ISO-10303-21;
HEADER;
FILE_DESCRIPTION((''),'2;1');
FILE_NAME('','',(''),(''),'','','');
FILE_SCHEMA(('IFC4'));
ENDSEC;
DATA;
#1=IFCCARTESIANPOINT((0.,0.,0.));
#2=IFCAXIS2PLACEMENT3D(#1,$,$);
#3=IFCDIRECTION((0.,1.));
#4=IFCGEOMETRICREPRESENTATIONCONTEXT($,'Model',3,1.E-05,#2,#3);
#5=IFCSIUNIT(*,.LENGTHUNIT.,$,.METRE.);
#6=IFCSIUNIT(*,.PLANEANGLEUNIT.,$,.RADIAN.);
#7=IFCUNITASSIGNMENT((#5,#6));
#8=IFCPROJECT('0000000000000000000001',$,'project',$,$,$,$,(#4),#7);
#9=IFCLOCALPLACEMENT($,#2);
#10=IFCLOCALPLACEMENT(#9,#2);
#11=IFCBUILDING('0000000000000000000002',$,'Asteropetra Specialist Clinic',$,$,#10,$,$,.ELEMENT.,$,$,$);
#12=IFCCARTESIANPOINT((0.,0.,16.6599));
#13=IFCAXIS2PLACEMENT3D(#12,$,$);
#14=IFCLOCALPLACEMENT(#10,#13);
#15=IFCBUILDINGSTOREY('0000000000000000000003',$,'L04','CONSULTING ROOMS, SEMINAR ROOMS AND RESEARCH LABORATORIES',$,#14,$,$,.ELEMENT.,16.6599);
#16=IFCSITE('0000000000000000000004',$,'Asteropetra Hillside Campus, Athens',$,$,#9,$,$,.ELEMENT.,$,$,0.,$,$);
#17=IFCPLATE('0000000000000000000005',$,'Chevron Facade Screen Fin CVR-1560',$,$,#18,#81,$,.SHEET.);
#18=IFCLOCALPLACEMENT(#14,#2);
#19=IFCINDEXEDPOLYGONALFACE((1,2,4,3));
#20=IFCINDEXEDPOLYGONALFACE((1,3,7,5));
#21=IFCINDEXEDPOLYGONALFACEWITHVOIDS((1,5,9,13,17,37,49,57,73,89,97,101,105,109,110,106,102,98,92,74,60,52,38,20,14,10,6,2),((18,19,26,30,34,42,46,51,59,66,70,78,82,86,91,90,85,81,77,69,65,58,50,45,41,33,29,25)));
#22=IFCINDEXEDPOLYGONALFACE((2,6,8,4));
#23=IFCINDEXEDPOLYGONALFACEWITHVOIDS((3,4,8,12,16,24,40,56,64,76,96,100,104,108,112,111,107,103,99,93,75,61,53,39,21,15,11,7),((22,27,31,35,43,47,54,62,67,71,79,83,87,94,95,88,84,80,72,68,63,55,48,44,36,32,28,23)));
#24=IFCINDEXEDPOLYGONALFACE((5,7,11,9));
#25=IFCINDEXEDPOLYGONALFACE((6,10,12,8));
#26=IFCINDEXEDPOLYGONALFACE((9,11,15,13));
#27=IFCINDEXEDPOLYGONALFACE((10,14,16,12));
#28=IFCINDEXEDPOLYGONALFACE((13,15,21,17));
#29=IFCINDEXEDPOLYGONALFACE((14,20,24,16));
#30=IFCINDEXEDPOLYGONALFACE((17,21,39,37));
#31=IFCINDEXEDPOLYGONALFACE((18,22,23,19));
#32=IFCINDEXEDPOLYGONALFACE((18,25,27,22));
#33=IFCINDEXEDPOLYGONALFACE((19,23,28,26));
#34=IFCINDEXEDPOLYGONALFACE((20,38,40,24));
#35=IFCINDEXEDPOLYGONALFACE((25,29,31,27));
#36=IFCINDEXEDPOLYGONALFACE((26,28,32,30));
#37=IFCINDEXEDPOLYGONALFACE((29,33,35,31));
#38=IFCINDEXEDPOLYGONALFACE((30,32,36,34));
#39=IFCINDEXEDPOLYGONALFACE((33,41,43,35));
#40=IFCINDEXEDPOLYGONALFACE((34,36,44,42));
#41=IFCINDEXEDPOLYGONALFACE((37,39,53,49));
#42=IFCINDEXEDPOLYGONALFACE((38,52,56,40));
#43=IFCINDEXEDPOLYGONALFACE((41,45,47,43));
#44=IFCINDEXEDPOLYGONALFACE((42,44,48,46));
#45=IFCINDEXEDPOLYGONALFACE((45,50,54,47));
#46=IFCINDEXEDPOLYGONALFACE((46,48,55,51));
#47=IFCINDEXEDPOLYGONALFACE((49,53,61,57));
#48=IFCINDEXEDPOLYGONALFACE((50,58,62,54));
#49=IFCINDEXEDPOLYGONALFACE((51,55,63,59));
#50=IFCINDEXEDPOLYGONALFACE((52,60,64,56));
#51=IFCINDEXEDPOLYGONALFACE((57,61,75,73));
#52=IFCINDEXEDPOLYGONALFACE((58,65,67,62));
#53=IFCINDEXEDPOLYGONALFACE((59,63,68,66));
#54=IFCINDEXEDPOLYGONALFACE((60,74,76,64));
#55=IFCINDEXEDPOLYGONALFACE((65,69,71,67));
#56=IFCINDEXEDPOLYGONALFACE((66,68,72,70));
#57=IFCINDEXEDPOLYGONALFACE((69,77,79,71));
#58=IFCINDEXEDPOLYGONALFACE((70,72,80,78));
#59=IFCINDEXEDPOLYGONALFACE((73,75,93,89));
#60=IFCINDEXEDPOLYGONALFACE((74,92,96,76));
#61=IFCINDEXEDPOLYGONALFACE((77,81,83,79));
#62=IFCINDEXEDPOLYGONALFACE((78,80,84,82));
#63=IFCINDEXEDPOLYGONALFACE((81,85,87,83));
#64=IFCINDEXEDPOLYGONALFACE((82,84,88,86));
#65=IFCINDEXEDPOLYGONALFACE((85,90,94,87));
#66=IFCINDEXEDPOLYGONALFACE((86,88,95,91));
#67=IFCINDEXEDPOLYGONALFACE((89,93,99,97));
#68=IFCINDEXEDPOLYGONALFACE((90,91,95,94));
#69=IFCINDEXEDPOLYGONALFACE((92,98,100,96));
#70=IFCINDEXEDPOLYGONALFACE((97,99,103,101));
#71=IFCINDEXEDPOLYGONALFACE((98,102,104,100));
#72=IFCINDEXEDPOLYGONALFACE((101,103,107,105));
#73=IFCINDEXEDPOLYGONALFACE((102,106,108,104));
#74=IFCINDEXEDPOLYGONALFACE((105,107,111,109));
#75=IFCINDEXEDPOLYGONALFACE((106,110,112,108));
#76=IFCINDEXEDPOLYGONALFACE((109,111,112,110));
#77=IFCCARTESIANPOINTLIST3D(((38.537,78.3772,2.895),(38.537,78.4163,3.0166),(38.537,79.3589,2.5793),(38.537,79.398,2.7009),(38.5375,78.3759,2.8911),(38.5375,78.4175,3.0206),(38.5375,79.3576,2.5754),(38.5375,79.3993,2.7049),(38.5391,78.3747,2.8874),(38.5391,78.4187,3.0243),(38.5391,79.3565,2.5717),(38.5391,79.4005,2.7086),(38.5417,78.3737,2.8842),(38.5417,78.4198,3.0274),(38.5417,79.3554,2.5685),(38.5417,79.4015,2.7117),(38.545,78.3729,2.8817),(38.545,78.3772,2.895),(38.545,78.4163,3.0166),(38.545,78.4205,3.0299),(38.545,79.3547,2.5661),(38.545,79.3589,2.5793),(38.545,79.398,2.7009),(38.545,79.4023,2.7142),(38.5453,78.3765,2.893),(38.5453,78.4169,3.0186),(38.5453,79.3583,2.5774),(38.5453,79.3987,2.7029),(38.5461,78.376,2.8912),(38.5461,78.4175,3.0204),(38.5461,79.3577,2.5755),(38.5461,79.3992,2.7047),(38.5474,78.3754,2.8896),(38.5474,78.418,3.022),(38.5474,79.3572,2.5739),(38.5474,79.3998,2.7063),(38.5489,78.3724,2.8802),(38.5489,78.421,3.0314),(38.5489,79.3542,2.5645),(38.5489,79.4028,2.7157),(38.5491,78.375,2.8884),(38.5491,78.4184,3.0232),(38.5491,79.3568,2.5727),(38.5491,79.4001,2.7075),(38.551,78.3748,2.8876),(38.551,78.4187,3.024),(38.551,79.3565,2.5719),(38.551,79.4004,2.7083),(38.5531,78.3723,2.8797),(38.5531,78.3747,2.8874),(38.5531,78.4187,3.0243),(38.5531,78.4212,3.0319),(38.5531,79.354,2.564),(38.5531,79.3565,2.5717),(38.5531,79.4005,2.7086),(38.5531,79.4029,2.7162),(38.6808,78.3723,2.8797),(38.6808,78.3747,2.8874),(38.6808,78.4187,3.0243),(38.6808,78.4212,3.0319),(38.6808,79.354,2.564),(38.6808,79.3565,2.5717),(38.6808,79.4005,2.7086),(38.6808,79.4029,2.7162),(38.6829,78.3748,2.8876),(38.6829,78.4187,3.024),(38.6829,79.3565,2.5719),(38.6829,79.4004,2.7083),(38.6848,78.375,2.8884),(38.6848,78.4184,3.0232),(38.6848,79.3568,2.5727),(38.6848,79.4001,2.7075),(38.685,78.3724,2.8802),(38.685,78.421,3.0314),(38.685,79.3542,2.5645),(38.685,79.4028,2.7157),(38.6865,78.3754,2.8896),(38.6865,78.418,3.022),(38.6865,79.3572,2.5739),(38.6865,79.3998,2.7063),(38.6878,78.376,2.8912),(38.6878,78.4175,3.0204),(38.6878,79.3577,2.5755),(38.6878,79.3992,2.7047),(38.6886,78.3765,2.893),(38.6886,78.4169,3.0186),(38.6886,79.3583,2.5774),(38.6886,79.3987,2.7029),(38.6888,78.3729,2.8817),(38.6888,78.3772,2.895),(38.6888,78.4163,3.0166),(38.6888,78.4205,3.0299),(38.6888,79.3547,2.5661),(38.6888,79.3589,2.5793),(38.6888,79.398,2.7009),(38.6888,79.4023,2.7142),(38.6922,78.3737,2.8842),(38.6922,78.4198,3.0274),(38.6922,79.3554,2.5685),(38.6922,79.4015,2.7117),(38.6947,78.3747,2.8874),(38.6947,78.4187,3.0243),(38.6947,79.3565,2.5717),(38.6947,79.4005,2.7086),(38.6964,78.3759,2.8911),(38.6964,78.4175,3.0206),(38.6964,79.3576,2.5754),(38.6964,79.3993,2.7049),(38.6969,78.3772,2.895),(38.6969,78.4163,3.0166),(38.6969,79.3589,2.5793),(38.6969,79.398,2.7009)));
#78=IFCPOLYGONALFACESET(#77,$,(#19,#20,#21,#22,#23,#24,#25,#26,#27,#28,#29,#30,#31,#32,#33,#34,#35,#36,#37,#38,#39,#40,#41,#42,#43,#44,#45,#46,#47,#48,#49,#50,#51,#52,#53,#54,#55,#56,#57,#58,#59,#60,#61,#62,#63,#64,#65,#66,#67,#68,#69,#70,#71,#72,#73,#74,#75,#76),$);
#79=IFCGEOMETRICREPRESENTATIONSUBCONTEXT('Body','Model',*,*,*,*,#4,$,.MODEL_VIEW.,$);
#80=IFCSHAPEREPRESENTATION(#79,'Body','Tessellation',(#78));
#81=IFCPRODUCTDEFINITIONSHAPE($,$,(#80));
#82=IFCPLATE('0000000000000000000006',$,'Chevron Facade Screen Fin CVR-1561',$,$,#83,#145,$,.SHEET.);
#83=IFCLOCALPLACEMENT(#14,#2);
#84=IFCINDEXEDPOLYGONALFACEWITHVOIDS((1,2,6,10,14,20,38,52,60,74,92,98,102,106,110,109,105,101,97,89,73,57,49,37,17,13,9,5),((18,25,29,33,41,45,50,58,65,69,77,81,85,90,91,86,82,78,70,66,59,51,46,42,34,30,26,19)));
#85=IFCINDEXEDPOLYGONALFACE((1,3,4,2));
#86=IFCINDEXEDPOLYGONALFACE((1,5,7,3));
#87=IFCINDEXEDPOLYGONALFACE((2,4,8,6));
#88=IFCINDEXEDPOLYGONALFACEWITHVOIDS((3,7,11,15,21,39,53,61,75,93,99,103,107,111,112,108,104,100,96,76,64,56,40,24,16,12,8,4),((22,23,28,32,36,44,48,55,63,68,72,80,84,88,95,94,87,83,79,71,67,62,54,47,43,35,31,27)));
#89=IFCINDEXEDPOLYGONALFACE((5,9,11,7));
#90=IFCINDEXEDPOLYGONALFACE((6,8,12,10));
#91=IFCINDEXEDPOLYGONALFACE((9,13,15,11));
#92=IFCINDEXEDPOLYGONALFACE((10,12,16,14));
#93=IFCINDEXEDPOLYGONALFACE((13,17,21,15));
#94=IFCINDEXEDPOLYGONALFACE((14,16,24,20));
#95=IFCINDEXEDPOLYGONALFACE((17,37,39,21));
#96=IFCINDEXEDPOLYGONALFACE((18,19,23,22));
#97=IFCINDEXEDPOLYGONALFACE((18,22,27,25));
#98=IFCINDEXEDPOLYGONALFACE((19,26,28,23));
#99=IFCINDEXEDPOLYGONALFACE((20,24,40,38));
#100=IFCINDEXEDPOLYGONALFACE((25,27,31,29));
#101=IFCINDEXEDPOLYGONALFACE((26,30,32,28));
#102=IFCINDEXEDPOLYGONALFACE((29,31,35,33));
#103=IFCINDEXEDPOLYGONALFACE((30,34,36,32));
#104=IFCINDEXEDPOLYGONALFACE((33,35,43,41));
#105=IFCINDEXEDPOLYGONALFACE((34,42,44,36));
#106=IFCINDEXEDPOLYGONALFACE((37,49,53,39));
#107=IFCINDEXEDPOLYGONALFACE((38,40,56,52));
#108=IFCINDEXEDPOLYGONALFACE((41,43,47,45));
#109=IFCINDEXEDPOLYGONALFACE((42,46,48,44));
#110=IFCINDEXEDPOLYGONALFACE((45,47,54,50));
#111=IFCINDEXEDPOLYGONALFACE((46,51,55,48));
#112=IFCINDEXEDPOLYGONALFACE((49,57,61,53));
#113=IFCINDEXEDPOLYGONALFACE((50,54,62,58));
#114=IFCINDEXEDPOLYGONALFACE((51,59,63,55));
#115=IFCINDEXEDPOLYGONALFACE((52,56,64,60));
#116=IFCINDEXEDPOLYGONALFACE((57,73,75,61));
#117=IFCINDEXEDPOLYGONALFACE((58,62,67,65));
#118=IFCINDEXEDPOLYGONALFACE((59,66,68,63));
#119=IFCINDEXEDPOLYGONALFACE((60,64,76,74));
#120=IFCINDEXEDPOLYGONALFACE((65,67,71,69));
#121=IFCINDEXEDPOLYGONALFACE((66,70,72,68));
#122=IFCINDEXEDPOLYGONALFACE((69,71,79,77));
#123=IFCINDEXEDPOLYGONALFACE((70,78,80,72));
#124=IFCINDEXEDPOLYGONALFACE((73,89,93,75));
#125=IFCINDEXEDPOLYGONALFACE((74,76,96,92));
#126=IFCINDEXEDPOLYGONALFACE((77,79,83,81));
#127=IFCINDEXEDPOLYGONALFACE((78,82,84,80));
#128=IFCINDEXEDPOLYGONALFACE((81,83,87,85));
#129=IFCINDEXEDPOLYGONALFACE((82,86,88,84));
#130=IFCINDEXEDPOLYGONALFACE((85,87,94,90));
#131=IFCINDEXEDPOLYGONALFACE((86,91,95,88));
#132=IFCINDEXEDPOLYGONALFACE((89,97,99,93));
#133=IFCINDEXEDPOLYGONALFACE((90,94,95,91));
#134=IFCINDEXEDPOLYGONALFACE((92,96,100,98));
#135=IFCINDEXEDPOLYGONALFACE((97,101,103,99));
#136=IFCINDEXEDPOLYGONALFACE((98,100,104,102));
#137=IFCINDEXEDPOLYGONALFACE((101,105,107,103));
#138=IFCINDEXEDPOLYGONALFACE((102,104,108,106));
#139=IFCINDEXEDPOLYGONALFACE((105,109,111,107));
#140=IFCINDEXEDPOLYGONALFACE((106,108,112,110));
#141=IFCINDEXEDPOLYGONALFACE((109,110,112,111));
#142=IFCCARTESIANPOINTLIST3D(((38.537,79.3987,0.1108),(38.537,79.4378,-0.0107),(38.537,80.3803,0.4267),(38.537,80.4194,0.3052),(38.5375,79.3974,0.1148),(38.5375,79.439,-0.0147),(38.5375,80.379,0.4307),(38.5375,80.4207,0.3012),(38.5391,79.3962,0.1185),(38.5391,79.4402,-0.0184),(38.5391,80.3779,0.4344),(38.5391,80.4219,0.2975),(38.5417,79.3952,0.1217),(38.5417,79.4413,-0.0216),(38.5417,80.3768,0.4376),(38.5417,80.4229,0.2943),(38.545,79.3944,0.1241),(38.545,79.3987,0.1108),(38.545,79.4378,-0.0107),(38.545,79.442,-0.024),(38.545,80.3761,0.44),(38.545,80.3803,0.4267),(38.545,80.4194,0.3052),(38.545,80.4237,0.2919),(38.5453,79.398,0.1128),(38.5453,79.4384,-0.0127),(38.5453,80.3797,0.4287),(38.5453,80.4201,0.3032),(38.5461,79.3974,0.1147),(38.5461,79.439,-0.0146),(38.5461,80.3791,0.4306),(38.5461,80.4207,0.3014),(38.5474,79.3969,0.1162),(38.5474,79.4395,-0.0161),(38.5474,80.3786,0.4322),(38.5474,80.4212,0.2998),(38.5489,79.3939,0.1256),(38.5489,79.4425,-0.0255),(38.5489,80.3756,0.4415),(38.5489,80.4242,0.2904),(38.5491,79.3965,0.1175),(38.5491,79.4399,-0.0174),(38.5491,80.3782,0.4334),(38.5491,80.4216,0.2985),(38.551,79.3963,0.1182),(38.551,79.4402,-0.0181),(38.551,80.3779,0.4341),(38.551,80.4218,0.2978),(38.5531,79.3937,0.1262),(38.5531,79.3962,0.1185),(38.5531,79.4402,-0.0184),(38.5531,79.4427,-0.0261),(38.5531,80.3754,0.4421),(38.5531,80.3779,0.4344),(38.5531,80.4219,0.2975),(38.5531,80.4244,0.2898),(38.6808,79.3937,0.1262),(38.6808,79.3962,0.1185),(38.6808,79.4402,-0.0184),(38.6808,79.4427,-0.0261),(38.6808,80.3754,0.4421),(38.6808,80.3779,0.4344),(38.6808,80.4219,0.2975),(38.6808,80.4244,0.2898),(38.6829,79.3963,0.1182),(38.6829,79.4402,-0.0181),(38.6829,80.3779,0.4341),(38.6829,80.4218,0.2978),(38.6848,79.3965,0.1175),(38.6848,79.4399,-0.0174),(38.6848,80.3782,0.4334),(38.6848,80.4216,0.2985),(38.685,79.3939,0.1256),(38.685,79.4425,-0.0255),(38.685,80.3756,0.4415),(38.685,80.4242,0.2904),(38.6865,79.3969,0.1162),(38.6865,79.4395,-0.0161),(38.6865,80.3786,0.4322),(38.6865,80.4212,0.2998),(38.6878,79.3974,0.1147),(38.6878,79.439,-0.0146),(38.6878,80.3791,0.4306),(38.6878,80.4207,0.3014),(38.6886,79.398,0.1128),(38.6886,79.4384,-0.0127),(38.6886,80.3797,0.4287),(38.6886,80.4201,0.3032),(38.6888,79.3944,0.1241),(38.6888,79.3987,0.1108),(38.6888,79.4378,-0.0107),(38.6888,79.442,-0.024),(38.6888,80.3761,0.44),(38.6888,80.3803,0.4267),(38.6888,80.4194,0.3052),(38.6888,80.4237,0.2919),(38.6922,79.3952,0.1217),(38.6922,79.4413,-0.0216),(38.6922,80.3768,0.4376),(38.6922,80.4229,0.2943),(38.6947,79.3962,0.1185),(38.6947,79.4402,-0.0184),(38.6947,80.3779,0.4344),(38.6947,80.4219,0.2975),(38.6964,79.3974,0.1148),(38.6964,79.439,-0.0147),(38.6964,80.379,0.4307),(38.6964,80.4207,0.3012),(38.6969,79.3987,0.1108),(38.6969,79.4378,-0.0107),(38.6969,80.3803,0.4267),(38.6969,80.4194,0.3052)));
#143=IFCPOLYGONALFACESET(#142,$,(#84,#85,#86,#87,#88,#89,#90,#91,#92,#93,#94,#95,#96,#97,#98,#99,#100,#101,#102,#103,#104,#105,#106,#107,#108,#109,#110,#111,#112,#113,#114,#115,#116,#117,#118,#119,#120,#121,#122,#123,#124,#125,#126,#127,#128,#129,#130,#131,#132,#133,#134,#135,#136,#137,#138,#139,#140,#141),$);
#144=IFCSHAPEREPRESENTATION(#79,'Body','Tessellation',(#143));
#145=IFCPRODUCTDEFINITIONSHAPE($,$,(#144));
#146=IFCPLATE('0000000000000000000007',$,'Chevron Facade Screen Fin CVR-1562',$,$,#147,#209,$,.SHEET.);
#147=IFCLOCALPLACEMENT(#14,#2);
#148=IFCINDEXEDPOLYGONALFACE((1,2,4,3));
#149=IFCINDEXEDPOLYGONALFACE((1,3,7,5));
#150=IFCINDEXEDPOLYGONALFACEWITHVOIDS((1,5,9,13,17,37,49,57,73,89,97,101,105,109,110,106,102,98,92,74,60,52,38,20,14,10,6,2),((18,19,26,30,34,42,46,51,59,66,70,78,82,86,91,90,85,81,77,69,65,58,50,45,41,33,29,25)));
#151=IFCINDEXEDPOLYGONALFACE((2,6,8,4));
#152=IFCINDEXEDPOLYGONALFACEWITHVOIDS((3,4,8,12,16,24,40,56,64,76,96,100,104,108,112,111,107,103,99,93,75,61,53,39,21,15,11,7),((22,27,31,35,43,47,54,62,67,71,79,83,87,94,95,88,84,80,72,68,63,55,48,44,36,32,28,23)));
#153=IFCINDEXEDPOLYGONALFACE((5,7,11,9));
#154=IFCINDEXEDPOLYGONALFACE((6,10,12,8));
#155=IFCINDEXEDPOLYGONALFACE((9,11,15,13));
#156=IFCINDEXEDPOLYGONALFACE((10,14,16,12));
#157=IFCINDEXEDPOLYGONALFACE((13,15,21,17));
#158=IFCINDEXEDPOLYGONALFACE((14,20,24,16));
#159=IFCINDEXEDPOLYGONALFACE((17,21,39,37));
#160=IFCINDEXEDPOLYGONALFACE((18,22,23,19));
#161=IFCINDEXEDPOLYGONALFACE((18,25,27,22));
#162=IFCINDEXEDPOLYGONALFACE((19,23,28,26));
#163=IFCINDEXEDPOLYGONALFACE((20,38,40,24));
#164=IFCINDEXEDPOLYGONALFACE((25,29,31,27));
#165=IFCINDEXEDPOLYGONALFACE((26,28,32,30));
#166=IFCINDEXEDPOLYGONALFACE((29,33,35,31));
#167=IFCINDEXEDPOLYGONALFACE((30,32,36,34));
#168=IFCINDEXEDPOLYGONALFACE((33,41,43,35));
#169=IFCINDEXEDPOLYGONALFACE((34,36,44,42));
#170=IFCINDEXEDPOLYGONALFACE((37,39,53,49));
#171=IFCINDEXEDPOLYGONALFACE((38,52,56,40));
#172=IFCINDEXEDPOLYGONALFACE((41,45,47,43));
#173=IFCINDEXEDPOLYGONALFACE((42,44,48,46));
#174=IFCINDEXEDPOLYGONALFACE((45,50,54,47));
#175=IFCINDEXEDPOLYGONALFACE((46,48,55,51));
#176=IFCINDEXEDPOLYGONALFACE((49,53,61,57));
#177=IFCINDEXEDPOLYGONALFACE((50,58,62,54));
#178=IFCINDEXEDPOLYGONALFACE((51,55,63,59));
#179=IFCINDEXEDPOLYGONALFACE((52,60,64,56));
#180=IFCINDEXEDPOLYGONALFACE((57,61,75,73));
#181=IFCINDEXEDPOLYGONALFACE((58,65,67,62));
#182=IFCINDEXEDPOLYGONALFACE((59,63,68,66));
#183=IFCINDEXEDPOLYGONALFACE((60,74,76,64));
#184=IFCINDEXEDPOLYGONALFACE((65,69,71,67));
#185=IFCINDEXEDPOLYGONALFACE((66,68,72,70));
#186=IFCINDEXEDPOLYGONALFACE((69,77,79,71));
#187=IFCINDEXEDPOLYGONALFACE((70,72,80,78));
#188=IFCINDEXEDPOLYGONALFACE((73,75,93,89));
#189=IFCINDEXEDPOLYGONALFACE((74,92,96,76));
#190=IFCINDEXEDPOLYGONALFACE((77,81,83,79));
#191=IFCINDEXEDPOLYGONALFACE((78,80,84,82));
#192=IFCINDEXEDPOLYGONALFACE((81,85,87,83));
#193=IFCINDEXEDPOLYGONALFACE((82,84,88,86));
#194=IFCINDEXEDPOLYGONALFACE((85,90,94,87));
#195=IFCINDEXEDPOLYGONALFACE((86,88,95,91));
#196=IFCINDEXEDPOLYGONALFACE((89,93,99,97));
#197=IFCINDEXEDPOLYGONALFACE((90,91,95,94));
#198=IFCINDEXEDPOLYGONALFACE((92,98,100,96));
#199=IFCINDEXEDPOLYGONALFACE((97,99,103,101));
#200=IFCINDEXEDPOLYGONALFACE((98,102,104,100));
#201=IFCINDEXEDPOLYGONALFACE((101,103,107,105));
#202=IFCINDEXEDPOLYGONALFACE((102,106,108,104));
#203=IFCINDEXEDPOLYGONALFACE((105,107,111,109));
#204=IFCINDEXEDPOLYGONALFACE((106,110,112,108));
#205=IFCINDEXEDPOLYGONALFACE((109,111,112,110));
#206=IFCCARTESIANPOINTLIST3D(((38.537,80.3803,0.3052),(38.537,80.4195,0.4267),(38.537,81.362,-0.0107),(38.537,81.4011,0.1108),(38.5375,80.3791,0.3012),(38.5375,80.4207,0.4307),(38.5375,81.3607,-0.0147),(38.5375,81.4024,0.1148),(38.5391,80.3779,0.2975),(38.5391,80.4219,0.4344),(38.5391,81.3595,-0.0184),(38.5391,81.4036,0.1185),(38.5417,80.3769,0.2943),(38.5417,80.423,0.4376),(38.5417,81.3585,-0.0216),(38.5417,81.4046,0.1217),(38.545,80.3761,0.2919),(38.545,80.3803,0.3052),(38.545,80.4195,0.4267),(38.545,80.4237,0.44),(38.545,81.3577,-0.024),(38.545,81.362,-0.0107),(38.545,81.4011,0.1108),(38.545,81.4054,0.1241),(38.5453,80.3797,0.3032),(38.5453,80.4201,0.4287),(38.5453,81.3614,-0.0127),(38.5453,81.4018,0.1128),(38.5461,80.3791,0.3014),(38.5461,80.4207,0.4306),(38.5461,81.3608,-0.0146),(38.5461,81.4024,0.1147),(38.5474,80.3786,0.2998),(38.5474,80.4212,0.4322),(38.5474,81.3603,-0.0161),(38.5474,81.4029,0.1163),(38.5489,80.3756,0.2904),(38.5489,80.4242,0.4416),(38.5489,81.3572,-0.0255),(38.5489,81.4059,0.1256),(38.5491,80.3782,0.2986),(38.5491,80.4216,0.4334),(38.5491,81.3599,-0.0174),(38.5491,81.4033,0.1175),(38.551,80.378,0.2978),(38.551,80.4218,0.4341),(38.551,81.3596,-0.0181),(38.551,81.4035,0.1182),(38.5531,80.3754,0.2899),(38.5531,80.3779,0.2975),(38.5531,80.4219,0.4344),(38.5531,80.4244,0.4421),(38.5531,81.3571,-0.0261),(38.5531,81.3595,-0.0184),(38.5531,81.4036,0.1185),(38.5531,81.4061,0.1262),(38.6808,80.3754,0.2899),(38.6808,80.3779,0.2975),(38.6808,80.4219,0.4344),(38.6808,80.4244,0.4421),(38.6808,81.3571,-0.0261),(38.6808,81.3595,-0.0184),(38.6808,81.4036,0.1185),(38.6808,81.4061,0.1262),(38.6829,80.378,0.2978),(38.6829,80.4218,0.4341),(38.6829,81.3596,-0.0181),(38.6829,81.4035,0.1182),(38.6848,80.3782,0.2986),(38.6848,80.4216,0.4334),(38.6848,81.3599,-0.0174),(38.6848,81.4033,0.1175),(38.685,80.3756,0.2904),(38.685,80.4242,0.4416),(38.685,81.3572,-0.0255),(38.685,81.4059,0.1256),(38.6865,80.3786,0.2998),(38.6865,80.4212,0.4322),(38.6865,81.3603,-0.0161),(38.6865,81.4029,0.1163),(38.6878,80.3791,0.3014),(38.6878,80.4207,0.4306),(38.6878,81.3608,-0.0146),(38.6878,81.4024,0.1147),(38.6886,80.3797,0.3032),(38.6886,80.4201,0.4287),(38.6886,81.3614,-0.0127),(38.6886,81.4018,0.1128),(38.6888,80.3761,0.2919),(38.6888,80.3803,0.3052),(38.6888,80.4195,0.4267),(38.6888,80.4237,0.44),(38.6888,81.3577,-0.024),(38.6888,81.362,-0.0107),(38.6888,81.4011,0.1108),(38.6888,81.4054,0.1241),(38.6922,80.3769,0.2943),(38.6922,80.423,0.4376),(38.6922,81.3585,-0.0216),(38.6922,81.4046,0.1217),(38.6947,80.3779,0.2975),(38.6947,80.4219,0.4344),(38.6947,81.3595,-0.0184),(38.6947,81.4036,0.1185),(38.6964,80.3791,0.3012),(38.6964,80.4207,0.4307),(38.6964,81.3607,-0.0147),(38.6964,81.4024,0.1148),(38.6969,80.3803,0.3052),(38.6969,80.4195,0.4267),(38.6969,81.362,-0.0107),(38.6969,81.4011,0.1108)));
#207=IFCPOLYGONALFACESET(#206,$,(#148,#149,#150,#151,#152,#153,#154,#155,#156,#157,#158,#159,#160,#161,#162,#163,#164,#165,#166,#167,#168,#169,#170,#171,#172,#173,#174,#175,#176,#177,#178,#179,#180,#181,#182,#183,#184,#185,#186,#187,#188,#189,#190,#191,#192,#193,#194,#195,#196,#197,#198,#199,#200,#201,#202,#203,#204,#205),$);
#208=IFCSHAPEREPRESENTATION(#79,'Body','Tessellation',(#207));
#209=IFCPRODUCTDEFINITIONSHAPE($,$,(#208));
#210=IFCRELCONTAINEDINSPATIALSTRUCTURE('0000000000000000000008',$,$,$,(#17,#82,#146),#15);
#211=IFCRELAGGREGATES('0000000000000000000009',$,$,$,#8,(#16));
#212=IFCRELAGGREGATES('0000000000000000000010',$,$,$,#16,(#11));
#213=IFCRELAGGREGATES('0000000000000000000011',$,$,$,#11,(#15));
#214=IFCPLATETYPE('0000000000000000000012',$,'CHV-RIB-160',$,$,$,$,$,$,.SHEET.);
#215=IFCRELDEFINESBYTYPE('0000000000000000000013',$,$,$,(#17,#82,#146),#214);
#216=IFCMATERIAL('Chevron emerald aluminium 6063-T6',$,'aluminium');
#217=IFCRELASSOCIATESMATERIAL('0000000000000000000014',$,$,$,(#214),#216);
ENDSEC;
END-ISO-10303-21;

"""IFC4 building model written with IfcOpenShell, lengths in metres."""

from ifc_helpers import new_model, si_unit, direction, frame, origin, origin_2d, place, context, subcontext, project, spatial, hollow_rectangle, extrude, material, material_profile, profile_set, type_object, element, save


model = new_model("IFC4")

# Units and contexts
model_context = context("Model", 3, precision=1e-05, world=origin(), true_north=direction((0.0, 1.0)))
body_context = subcontext(model_context, "Body", "Model", "MODEL_VIEW")
ifc_project = project(units=[si_unit("LENGTHUNIT", "METRE"), si_unit("PLANEANGLEUNIT", "RADIAN")], contexts=[model_context])

# Site, building, storey
site_placement = place(None, origin())
site = spatial("IfcSite", under=ifc_project, at=site_placement, Name="Asteropetra Hillside Campus, Athens", CompositionType="ELEMENT", RefElevation=0.0)
building_placement = place(site_placement, origin())
building = spatial("IfcBuilding", under=site, at=building_placement, Name="Asteropetra Specialist Clinic", CompositionType="ELEMENT")
storey_placement = place(building_placement, frame((0.0, 0.0, 16.6599)))
storey = spatial("IfcBuildingStorey", under=building, at=storey_placement, Name="L04", Description="CONSULTING ROOMS, SEMINAR ROOMS AND RESEARCH LABORATORIES", CompositionType="ELEMENT", Elevation=16.6599)

# Plates
ifc_material_1 = material(Name="Chevron emerald aluminium 6063-T6", Category="aluminium")
ifc_material_profile = material_profile(ifc_material_1, hollow_rectangle(XDim=0.1599, YDim=0.1599, WallThickness=0.0081, InnerFilletRadius=0.0081, OuterFilletRadius=0.0161, at=origin_2d()), Name="SHS 160x160x8.0")
ifc_profile_set = profile_set([ifc_material_profile], Name="Chevron emerald aluminium 6063-T6")
plate_type_1 = type_object("IfcPlateType", Name="CHV-RIB-160", PredefinedType="SHEET", material=ifc_profile_set)
for number, where, z_axis, x_axis, name in (
    (1, (38.6169, 78.3967, 2.9558), (0.0, 0.951992, -0.306124), (-1.0, 0.0, 0.0), "Chevron Facade Screen Fin CVR-1560"),
    (2, (38.6169, 79.4182, 0.05), (0.0, 0.951923, 0.306339), (-1.0, 0.0, 0.0), "Chevron Facade Screen Fin CVR-1561"),
    (3, (38.6169, 80.3999, 0.366), (0.0, 0.951923, -0.306339), (-1.0, 0.0, 0.0), "Chevron Facade Screen Fin CVR-1562"),
):
    element("IfcPlate", number, at=place(storey_placement, frame(where, z_axis=z_axis, x_axis=x_axis)), inside=storey, type_object=plate_type_1, Name=name, PredefinedType="SHEET", context=body_context, shape_type="SweptSolid", body=[
        extrude(hollow_rectangle(XDim=0.1599, YDim=0.1599, WallThickness=0.0081, InnerFilletRadius=0.0081, OuterFilletRadius=0.0161, at=origin_2d()), origin(), (0.0, 0.0, 1.0), 1.0312),
    ])

save(model, "model.ifc")
